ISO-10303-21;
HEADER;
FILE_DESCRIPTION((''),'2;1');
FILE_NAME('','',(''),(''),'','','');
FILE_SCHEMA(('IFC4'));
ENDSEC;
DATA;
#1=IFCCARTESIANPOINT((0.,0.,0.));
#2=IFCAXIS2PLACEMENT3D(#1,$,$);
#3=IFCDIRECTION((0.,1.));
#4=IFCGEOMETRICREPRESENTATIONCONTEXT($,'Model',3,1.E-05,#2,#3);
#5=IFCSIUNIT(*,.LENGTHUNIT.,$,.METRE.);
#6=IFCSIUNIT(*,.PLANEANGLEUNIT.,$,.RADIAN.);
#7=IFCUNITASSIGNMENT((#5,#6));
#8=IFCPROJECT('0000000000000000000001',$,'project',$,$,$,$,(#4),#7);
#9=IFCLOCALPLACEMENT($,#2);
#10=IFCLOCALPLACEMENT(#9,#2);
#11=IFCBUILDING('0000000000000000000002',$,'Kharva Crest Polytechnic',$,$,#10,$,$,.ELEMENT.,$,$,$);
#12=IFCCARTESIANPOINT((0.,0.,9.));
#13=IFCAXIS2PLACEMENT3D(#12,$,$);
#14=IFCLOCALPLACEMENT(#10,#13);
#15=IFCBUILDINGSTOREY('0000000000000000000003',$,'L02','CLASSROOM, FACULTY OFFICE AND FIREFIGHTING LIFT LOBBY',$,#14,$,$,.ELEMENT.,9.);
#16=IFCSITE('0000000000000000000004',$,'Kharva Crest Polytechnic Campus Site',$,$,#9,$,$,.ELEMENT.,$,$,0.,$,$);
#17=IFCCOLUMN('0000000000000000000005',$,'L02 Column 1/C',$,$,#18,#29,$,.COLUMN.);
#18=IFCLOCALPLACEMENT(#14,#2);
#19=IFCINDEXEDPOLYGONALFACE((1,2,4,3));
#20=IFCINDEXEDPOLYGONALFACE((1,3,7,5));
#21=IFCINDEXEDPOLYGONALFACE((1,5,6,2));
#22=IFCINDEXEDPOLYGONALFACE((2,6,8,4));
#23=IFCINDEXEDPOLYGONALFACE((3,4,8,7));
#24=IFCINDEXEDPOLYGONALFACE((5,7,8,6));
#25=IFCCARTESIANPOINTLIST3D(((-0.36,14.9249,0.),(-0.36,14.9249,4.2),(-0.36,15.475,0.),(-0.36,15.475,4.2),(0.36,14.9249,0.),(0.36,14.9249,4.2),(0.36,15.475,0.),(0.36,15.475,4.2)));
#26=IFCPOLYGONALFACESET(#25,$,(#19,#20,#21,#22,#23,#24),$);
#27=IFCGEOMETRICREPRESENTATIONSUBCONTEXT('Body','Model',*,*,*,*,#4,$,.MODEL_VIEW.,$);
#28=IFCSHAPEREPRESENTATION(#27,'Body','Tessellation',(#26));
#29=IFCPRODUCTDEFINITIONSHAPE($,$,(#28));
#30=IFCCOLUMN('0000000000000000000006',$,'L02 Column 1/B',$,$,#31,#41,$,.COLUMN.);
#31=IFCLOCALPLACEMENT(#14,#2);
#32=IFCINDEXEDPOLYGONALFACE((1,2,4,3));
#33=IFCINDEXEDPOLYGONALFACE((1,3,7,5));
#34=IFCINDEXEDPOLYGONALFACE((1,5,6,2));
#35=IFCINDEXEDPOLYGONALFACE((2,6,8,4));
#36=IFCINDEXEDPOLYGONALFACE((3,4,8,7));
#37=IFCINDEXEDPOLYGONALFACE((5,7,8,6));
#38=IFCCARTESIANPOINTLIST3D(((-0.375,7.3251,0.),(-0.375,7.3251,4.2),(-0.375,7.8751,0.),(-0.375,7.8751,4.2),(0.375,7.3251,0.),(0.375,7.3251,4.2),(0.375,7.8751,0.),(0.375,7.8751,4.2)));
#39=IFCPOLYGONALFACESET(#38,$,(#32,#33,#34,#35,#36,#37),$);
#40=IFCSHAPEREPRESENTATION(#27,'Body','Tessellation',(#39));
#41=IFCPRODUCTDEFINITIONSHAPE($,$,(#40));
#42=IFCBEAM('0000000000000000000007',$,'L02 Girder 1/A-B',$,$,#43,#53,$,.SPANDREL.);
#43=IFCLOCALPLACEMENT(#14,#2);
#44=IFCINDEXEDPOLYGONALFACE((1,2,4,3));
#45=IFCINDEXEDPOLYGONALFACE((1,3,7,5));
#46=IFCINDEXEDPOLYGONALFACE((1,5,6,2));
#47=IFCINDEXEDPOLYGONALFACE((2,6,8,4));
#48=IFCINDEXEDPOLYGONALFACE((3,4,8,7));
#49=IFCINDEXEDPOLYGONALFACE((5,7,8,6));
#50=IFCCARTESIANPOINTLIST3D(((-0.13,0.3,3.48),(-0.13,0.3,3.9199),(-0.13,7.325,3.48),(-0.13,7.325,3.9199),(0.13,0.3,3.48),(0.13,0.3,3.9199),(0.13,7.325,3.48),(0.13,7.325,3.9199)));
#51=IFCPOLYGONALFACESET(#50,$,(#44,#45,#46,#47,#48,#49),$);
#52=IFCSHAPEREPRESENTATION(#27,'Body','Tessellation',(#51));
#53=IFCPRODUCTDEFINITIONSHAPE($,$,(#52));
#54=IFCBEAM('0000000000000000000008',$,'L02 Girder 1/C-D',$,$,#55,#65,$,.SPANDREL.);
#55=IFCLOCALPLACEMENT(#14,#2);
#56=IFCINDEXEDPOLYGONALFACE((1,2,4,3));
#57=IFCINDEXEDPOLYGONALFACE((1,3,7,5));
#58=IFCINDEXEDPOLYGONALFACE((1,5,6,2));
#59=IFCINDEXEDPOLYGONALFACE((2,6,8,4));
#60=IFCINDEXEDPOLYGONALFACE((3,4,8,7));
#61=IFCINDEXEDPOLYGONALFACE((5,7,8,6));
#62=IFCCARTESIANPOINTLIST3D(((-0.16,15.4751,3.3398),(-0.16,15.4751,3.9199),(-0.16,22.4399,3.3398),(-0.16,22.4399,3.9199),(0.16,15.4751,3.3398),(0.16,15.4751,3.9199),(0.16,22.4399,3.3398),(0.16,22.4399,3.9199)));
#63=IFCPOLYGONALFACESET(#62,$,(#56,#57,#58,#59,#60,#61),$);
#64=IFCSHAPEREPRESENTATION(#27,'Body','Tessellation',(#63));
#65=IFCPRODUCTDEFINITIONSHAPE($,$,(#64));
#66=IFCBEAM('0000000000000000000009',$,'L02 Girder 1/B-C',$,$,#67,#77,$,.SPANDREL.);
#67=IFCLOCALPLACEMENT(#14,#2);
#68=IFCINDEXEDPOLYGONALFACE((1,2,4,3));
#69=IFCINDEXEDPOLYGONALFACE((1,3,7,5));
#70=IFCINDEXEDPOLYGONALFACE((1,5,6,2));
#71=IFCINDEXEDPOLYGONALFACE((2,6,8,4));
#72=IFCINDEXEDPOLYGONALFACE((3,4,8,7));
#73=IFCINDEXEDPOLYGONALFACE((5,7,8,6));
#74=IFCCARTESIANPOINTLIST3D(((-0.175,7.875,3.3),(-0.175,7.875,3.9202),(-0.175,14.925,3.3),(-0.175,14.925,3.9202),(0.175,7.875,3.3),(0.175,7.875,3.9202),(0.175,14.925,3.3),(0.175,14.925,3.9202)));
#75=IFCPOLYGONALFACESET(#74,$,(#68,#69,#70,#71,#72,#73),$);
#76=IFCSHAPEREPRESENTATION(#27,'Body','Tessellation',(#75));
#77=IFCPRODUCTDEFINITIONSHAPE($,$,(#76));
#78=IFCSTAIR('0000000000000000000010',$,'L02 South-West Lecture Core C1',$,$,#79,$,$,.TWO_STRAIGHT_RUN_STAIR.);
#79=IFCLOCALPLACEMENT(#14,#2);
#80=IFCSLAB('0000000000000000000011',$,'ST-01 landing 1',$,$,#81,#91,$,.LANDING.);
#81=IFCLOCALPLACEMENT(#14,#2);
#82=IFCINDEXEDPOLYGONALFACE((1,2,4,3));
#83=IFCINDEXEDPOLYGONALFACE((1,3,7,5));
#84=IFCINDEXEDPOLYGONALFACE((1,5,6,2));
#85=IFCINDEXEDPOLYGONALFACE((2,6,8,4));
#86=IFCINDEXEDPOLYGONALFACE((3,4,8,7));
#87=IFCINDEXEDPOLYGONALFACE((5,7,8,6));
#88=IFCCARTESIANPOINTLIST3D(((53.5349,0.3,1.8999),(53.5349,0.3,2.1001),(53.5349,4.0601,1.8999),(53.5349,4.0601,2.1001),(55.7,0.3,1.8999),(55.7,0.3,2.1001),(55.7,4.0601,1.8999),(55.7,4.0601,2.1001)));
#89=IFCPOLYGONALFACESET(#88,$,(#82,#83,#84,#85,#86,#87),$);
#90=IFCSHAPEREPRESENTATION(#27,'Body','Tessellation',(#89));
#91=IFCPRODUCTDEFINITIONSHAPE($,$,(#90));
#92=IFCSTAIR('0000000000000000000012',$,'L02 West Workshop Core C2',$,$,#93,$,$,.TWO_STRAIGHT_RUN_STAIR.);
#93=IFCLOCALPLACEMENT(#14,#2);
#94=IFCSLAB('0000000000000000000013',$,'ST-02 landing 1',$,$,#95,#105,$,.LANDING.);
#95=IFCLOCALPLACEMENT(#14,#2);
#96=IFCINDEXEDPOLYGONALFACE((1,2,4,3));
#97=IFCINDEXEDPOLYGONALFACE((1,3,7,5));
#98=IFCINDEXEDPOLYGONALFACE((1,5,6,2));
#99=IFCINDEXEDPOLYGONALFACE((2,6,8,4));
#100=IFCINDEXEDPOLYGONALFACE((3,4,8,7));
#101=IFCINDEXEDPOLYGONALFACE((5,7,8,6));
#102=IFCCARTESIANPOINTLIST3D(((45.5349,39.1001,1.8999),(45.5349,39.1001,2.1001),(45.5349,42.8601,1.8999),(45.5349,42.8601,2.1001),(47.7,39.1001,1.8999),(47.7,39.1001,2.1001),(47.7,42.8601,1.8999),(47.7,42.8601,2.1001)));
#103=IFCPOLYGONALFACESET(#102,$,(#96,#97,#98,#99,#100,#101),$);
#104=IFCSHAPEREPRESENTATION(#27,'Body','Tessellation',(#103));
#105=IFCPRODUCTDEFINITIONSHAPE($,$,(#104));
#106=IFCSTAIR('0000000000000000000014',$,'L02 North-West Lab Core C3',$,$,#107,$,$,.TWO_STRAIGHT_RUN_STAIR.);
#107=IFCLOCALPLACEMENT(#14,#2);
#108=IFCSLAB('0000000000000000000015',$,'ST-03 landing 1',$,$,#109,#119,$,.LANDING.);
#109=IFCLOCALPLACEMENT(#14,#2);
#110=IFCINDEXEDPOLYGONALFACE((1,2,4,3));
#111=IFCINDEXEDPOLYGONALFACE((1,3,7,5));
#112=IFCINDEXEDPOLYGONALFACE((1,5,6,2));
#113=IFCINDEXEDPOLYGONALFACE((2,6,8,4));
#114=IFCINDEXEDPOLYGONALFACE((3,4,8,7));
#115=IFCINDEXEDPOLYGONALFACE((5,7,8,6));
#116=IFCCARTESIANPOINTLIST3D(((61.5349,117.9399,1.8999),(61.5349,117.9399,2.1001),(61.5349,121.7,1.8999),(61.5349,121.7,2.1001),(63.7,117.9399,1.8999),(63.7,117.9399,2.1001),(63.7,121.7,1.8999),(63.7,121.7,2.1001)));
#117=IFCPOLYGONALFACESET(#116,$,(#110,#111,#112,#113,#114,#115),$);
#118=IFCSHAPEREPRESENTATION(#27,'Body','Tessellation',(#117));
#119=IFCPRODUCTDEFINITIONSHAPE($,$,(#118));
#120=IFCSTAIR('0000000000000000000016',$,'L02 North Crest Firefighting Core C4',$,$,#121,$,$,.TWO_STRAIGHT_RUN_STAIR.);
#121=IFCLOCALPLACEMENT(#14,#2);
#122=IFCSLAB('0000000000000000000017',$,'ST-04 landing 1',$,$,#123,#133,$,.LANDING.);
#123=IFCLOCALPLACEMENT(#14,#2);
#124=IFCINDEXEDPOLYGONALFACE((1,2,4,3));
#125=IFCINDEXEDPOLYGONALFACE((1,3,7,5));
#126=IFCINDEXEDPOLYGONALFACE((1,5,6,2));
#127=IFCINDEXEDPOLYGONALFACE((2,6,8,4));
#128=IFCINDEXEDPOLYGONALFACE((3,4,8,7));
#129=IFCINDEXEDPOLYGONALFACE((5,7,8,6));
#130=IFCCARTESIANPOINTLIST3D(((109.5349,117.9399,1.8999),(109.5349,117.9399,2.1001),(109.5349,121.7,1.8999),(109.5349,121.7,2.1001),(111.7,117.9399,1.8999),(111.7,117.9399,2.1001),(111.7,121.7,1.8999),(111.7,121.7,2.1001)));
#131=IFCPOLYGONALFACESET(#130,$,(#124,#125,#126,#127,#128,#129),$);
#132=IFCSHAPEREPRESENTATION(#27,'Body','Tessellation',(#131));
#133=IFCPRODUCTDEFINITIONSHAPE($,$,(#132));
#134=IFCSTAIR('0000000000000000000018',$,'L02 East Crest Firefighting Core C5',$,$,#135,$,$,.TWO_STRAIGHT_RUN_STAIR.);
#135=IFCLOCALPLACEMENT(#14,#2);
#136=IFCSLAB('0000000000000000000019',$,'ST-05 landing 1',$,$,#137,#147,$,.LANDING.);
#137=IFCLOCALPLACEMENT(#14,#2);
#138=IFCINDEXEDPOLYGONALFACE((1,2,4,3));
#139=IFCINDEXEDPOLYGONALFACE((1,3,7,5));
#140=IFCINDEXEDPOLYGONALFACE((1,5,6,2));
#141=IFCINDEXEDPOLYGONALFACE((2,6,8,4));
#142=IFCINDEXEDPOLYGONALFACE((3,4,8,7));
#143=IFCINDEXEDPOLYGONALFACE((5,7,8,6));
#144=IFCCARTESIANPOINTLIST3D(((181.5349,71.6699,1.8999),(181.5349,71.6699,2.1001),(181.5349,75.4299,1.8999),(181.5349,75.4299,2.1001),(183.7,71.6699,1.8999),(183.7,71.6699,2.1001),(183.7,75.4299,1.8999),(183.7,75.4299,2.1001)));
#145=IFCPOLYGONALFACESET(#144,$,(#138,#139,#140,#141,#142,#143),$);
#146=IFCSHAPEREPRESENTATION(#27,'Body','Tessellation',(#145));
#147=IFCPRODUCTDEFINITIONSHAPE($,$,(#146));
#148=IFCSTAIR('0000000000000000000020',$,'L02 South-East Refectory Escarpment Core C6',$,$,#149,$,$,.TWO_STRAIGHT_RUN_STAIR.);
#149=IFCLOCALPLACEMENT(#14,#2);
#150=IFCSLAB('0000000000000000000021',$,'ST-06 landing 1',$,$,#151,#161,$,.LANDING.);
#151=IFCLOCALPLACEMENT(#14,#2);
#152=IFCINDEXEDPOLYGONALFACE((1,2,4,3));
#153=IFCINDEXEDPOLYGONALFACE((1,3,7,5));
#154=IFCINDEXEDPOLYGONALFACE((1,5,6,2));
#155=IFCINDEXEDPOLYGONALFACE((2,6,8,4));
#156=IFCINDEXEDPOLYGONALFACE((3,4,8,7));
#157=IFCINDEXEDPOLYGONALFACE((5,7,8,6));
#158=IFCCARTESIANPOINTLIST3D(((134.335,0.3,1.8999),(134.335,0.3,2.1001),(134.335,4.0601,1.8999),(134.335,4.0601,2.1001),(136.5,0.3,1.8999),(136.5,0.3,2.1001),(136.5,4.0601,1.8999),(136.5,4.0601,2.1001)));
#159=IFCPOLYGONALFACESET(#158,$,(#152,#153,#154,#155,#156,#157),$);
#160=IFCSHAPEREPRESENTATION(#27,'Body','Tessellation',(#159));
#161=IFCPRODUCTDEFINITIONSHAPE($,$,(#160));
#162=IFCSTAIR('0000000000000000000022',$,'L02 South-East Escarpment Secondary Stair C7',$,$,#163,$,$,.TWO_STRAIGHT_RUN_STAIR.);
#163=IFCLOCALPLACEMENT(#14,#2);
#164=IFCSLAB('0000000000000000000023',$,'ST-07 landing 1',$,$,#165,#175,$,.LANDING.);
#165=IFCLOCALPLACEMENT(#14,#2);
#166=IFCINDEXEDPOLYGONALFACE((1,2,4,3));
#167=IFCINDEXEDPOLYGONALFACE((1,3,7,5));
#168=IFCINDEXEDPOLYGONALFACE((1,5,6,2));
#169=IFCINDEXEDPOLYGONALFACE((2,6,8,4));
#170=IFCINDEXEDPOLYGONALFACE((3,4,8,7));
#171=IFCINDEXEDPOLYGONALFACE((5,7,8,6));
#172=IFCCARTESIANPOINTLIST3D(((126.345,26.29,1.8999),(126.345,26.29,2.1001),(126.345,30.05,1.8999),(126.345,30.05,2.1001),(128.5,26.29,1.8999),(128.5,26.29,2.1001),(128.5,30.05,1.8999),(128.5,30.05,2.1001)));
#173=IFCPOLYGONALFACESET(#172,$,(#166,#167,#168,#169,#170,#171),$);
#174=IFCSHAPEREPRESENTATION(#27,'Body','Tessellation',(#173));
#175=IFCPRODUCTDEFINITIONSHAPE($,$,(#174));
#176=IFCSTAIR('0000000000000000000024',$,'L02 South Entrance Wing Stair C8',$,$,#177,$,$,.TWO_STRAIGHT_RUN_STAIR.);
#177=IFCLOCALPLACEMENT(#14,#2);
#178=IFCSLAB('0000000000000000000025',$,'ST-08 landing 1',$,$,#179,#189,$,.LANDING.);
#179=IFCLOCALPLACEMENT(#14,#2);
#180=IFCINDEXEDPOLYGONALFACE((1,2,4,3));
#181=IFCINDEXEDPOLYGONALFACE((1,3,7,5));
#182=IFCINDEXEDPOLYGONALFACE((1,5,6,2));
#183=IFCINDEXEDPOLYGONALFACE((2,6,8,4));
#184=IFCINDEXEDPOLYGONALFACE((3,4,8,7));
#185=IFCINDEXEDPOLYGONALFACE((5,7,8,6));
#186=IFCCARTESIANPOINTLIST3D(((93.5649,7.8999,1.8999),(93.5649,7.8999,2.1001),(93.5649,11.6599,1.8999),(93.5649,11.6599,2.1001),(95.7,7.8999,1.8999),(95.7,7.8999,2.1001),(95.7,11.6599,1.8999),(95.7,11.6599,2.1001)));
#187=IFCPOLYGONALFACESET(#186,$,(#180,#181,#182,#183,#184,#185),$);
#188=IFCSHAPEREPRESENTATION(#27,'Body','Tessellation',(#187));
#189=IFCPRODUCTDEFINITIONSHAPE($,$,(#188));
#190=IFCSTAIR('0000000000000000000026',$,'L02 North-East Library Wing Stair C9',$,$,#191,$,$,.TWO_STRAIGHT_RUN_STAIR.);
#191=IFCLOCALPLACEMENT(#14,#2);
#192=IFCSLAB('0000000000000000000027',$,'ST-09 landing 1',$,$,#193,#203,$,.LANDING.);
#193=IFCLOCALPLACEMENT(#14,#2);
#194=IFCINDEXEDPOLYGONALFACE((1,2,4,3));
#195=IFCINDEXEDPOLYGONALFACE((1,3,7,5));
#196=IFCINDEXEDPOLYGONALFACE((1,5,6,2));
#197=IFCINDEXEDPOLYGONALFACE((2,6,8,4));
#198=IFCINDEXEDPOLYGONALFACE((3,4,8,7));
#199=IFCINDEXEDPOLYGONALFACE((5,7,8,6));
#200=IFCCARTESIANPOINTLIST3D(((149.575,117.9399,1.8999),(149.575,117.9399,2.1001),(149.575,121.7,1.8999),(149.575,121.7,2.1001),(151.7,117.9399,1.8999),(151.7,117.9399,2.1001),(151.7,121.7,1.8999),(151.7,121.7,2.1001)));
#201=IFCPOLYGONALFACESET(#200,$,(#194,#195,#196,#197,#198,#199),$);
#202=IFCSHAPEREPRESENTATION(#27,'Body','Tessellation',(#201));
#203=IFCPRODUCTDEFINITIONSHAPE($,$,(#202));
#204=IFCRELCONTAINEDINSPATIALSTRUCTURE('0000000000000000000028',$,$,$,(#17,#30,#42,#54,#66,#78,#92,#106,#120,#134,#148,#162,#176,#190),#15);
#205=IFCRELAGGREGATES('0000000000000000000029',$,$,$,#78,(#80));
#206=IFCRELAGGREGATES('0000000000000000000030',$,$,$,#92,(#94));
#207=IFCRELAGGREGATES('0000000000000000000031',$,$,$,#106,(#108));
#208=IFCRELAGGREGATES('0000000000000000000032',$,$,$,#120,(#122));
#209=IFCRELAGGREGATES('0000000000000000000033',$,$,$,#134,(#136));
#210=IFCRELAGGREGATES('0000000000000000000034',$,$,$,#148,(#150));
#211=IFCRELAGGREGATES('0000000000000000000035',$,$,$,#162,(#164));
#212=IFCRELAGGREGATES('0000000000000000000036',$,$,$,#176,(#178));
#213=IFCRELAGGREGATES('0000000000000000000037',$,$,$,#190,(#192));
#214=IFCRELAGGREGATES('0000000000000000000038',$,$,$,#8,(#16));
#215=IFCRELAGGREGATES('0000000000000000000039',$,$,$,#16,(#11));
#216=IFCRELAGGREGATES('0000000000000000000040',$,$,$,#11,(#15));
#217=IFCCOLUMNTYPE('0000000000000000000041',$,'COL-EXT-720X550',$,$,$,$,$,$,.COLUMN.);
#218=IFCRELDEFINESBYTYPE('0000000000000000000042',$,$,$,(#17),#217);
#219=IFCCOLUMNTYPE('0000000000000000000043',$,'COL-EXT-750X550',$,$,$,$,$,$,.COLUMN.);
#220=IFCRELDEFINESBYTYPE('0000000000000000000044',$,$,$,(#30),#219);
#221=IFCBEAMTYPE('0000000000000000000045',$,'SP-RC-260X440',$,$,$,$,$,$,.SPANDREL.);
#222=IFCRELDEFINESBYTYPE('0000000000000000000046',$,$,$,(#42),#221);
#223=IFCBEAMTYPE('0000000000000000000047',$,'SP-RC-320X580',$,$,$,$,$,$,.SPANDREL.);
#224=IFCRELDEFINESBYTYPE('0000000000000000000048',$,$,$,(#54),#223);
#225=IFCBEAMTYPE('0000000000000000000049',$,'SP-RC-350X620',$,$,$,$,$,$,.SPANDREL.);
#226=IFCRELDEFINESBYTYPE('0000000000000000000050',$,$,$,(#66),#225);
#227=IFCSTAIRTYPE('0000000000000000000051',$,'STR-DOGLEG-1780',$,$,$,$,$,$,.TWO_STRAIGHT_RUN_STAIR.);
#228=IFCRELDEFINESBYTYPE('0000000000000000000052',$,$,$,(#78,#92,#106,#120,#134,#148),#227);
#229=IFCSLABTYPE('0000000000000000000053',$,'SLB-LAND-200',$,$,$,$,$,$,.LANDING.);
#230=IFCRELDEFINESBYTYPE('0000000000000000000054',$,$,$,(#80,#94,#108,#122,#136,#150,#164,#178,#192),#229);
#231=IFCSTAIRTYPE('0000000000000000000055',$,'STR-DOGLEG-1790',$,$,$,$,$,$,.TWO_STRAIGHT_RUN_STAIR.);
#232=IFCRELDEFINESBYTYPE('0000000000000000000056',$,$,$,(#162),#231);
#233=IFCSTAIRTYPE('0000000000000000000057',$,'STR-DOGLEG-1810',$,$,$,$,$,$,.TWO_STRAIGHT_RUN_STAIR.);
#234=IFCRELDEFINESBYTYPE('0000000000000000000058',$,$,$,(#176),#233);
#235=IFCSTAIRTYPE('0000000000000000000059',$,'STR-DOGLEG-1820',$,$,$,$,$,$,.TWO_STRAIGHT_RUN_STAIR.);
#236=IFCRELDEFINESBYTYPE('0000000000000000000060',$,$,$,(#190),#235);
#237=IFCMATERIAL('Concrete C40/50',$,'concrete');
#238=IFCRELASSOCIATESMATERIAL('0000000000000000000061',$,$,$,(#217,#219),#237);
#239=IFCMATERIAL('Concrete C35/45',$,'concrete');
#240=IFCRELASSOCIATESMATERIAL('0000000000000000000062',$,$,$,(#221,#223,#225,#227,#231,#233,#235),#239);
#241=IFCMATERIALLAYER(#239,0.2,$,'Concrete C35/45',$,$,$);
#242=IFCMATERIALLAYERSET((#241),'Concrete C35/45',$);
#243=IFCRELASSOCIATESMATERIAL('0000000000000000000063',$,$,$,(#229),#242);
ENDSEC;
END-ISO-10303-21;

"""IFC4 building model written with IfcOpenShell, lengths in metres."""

from ifc_helpers import new_model, si_unit, direction, frame, origin, origin_2d, place, context, subcontext, project, spatial, polyline, rectangle, outline, extrude, material, layer, layer_set, material_profile, profile_set, type_object, element, aggregate, save


model = new_model("IFC4")

# Units and contexts
model_context = context("Model", 3, precision=1e-05, world=origin(), true_north=direction((0.0, 1.0)))
body_context = subcontext(model_context, "Body", "Model", "MODEL_VIEW")
ifc_project = project(units=[si_unit("LENGTHUNIT", "METRE"), si_unit("PLANEANGLEUNIT", "RADIAN")], contexts=[model_context])

# Site, building, storey
site_placement = place(None, origin())
site = spatial("IfcSite", under=ifc_project, at=site_placement, Name="Kharva Crest Polytechnic Campus Site", CompositionType="ELEMENT", RefElevation=0.0)
building_placement = place(site_placement, origin())
building = spatial("IfcBuilding", under=site, at=building_placement, Name="Kharva Crest Polytechnic", CompositionType="ELEMENT")
storey_placement = place(building_placement, frame((0.0, 0.0, 9.0)))
storey = spatial("IfcBuildingStorey", under=building, at=storey_placement, Name="L02", Description="CLASSROOM, FACULTY OFFICE AND FIREFIGHTING LIFT LOBBY", CompositionType="ELEMENT", Elevation=9.0)

# Columns
ifc_material_1 = material(Name="Concrete C40/50", Category="concrete")
ifc_material_profile_1 = material_profile(ifc_material_1, rectangle(XDim=0.72, YDim=0.55, at=origin_2d()), Name="RECT 720 X 550")
ifc_profile_set_1 = profile_set([ifc_material_profile_1], Name="Concrete C40/50")
column_type_1 = type_object("IfcColumnType", Name="COL-EXT-720X550", PredefinedType="COLUMN", material=ifc_profile_set_1)
column_1_placement = place(storey_placement, frame((0.0, 15.2, 0.0), z_axis=(0.0, 0.0, 1.0), x_axis=(1.0, 0.0, 0.0)))
element("IfcColumn", 1, at=column_1_placement, inside=storey, type_object=column_type_1, Name="L02 Column 1/C", PredefinedType="COLUMN", context=body_context, shape_type="SweptSolid", body=[
    extrude(rectangle(XDim=0.72, YDim=0.55, at=origin_2d()), origin(), (0.0, 0.0, 1.0), 4.2),
])
ifc_material_profile_2 = material_profile(ifc_material_1, rectangle(XDim=0.75, YDim=0.55, at=origin_2d()), Name="RECT 750 X 550")
ifc_profile_set_2 = profile_set([ifc_material_profile_2], Name="Concrete C40/50")
column_type_2 = type_object("IfcColumnType", Name="COL-EXT-750X550", PredefinedType="COLUMN", material=ifc_profile_set_2)
column_2_placement = place(storey_placement, frame((0.0, 7.6001, 0.0), z_axis=(0.0, 0.0, 1.0), x_axis=(1.0, 0.0, 0.0)))
element("IfcColumn", 2, at=column_2_placement, inside=storey, type_object=column_type_2, Name="L02 Column 1/B", PredefinedType="COLUMN", context=body_context, shape_type="SweptSolid", body=[
    extrude(rectangle(XDim=0.75, YDim=0.55, at=origin_2d()), origin(), (0.0, 0.0, 1.0), 4.2),
])

# Beams
ifc_material_2 = material(Name="Concrete C35/45", Category="concrete")
ifc_material_profile_3 = material_profile(ifc_material_2, rectangle(XDim=0.26, YDim=0.4399, at=origin_2d()), Name="RECT 260 X 440")
ifc_profile_set_3 = profile_set([ifc_material_profile_3], Name="Concrete C35/45")
beam_type_1 = type_object("IfcBeamType", Name="SP-RC-260X440", PredefinedType="SPANDREL", material=ifc_profile_set_3)
beam_1_placement = place(storey_placement, frame((0.0, 0.3, 3.7), z_axis=(0.0, 1.0, 0.0), x_axis=(-1.0, 0.0, 0.0)))
element("IfcBeam", 3, at=beam_1_placement, inside=storey, type_object=beam_type_1, Name="L02 Girder 1/A-B", PredefinedType="SPANDREL", context=body_context, shape_type="SweptSolid", body=[
    extrude(rectangle(XDim=0.26, YDim=0.4399, at=origin_2d()), origin(), (0.0, 0.0, 1.0), 7.0249),
])
ifc_material_profile_4 = material_profile(ifc_material_2, rectangle(XDim=0.3201, YDim=0.5801, at=origin_2d()), Name="RECT 320 X 580")
ifc_profile_set_4 = profile_set([ifc_material_profile_4], Name="Concrete C35/45")
beam_type_2 = type_object("IfcBeamType", Name="SP-RC-320X580", PredefinedType="SPANDREL", material=ifc_profile_set_4)
beam_2_placement = place(storey_placement, frame((0.0, 15.4751, 3.6299), z_axis=(0.0, 1.0, 0.0), x_axis=(-1.0, 0.0, 0.0)))
element("IfcBeam", 4, at=beam_2_placement, inside=storey, type_object=beam_type_2, Name="L02 Girder 1/C-D", PredefinedType="SPANDREL", context=body_context, shape_type="SweptSolid", body=[
    extrude(rectangle(XDim=0.3201, YDim=0.5801, at=origin_2d()), origin(), (0.0, 0.0, 1.0), 6.9648),
])
ifc_material_profile_5 = material_profile(ifc_material_2, rectangle(XDim=0.3501, YDim=0.6201, at=origin_2d()), Name="RECT 350 X 620")
ifc_profile_set_5 = profile_set([ifc_material_profile_5], Name="Concrete C35/45")
beam_type_3 = type_object("IfcBeamType", Name="SP-RC-350X620", PredefinedType="SPANDREL", material=ifc_profile_set_5)
beam_3_placement = place(storey_placement, frame((0.0, 7.875, 3.6101), z_axis=(0.0, 1.0, 0.0), x_axis=(-1.0, 0.0, 0.0)))
element("IfcBeam", 5, at=beam_3_placement, inside=storey, type_object=beam_type_3, Name="L02 Girder 1/B-C", PredefinedType="SPANDREL", context=body_context, shape_type="SweptSolid", body=[
    extrude(rectangle(XDim=0.3501, YDim=0.6201, at=origin_2d()), origin(), (0.0, 0.0, 1.0), 7.05),
])

# Stairs, slabs
stair_type_1 = type_object("IfcStairType", Name="STR-DOGLEG-1780", PredefinedType="TWO_STRAIGHT_RUN_STAIR", material=ifc_material_2)
stair_1_placement = place(storey_placement, origin())
stair_1 = element("IfcStair", 6, at=stair_1_placement, inside=storey, type_object=stair_type_1, Name="L02 South-West Lecture Core C1", PredefinedType="TWO_STRAIGHT_RUN_STAIR")
ifc_layer_1 = layer(ifc_material_2, 0.2, Name="Concrete C35/45")
ifc_layer_set_1 = layer_set([ifc_layer_1], Name="Concrete C35/45")
slab_type = type_object("IfcSlabType", Name="SLB-LAND-200", PredefinedType="LANDING", material=ifc_layer_set_1)
slab_1_placement = place(storey_placement, frame((0.0, 0.0, 1.8999)))
slab_1 = element("IfcSlab", 7, at=slab_1_placement, type_object=slab_type, Name="ST-01 landing 1", PredefinedType="LANDING", context=body_context, shape_type="SweptSolid", body=[
    extrude(outline(polyline([(53.5349, 0.3), (55.7, 0.3), (55.7, 4.0601), (53.5349, 4.0601), (53.5349, 0.3)])), origin(), (0.0, 0.0, 1.0), 0.2002),
])
aggregate(stair_1, [slab_1])
stair_2_placement = place(storey_placement, origin())
stair_2 = element("IfcStair", 8, at=stair_2_placement, inside=storey, type_object=stair_type_1, Name="L02 West Workshop Core C2", PredefinedType="TWO_STRAIGHT_RUN_STAIR")
slab_2_placement = place(storey_placement, frame((0.0, 0.0, 1.8999)))
slab_2 = element("IfcSlab", 9, at=slab_2_placement, type_object=slab_type, Name="ST-02 landing 1", PredefinedType="LANDING", context=body_context, shape_type="SweptSolid", body=[
    extrude(outline(polyline([(45.5349, 39.1001), (47.7, 39.1001), (47.7, 42.8601), (45.5349, 42.8601), (45.5349, 39.1001)])), origin(), (0.0, 0.0, 1.0), 0.2002),
])
aggregate(stair_2, [slab_2])
stair_3_placement = place(storey_placement, origin())
stair_3 = element("IfcStair", 10, at=stair_3_placement, inside=storey, type_object=stair_type_1, Name="L02 North-West Lab Core C3", PredefinedType="TWO_STRAIGHT_RUN_STAIR")
slab_3_placement = place(storey_placement, frame((0.0, 0.0, 1.8999)))
slab_3 = element("IfcSlab", 11, at=slab_3_placement, type_object=slab_type, Name="ST-03 landing 1", PredefinedType="LANDING", context=body_context, shape_type="SweptSolid", body=[
    extrude(outline(polyline([(61.5349, 117.9399), (63.7, 117.9399), (63.7, 121.7), (61.5349, 121.7), (61.5349, 117.9399)])), origin(), (0.0, 0.0, 1.0), 0.2002),
])
aggregate(stair_3, [slab_3])
stair_4_placement = place(storey_placement, origin())
stair_4 = element("IfcStair", 12, at=stair_4_placement, inside=storey, type_object=stair_type_1, Name="L02 North Crest Firefighting Core C4", PredefinedType="TWO_STRAIGHT_RUN_STAIR")
slab_4_placement = place(storey_placement, frame((0.0, 0.0, 1.8999)))
slab_4 = element("IfcSlab", 13, at=slab_4_placement, type_object=slab_type, Name="ST-04 landing 1", PredefinedType="LANDING", context=body_context, shape_type="SweptSolid", body=[
    extrude(outline(polyline([(109.5349, 117.9399), (111.7, 117.9399), (111.7, 121.7), (109.5349, 121.7), (109.5349, 117.9399)])), origin(), (0.0, 0.0, 1.0), 0.2002),
])
aggregate(stair_4, [slab_4])
stair_5_placement = place(storey_placement, origin())
stair_5 = element("IfcStair", 14, at=stair_5_placement, inside=storey, type_object=stair_type_1, Name="L02 East Crest Firefighting Core C5", PredefinedType="TWO_STRAIGHT_RUN_STAIR")
slab_5_placement = place(storey_placement, frame((0.0, 0.0, 1.8999)))
slab_5 = element("IfcSlab", 15, at=slab_5_placement, type_object=slab_type, Name="ST-05 landing 1", PredefinedType="LANDING", context=body_context, shape_type="SweptSolid", body=[
    extrude(outline(polyline([(181.5349, 71.6699), (183.7, 71.6699), (183.7, 75.4299), (181.5349, 75.4299), (181.5349, 71.6699)])), origin(), (0.0, 0.0, 1.0), 0.2002),
])
aggregate(stair_5, [slab_5])
stair_6_placement = place(storey_placement, origin())
stair_6 = element("IfcStair", 16, at=stair_6_placement, inside=storey, type_object=stair_type_1, Name="L02 South-East Refectory Escarpment Core C6", PredefinedType="TWO_STRAIGHT_RUN_STAIR")
slab_6_placement = place(storey_placement, frame((0.0, 0.0, 1.8999)))
slab_6 = element("IfcSlab", 17, at=slab_6_placement, type_object=slab_type, Name="ST-06 landing 1", PredefinedType="LANDING", context=body_context, shape_type="SweptSolid", body=[
    extrude(outline(polyline([(134.335, 0.3), (136.5, 0.3), (136.5, 4.0601), (134.335, 4.0601), (134.335, 0.3)])), origin(), (0.0, 0.0, 1.0), 0.2002),
])
aggregate(stair_6, [slab_6])
stair_type_2 = type_object("IfcStairType", Name="STR-DOGLEG-1790", PredefinedType="TWO_STRAIGHT_RUN_STAIR", material=ifc_material_2)
stair_7_placement = place(storey_placement, origin())
stair_7 = element("IfcStair", 18, at=stair_7_placement, inside=storey, type_object=stair_type_2, Name="L02 South-East Escarpment Secondary Stair C7", PredefinedType="TWO_STRAIGHT_RUN_STAIR")
slab_7_placement = place(storey_placement, frame((0.0, 0.0, 1.8999)))
slab_7 = element("IfcSlab", 19, at=slab_7_placement, type_object=slab_type, Name="ST-07 landing 1", PredefinedType="LANDING", context=body_context, shape_type="SweptSolid", body=[
    extrude(outline(polyline([(126.345, 26.29), (128.5, 26.29), (128.5, 30.05), (126.345, 30.05), (126.345, 26.29)])), origin(), (0.0, 0.0, 1.0), 0.2002),
])
aggregate(stair_7, [slab_7])
stair_type_3 = type_object("IfcStairType", Name="STR-DOGLEG-1810", PredefinedType="TWO_STRAIGHT_RUN_STAIR", material=ifc_material_2)
stair_8_placement = place(storey_placement, origin())
stair_8 = element("IfcStair", 20, at=stair_8_placement, inside=storey, type_object=stair_type_3, Name="L02 South Entrance Wing Stair C8", PredefinedType="TWO_STRAIGHT_RUN_STAIR")
slab_8_placement = place(storey_placement, frame((0.0, 0.0, 1.8999)))
slab_8 = element("IfcSlab", 21, at=slab_8_placement, type_object=slab_type, Name="ST-08 landing 1", PredefinedType="LANDING", context=body_context, shape_type="SweptSolid", body=[
    extrude(outline(polyline([(93.5649, 7.8999), (95.7, 7.8999), (95.7, 11.6599), (93.5649, 11.6599), (93.5649, 7.8999)])), origin(), (0.0, 0.0, 1.0), 0.2002),
])
aggregate(stair_8, [slab_8])
stair_type_4 = type_object("IfcStairType", Name="STR-DOGLEG-1820", PredefinedType="TWO_STRAIGHT_RUN_STAIR", material=ifc_material_2)
stair_9_placement = place(storey_placement, origin())
stair_9 = element("IfcStair", 22, at=stair_9_placement, inside=storey, type_object=stair_type_4, Name="L02 North-East Library Wing Stair C9", PredefinedType="TWO_STRAIGHT_RUN_STAIR")
slab_9_placement = place(storey_placement, frame((0.0, 0.0, 1.8999)))
slab_9 = element("IfcSlab", 23, at=slab_9_placement, type_object=slab_type, Name="ST-09 landing 1", PredefinedType="LANDING", context=body_context, shape_type="SweptSolid", body=[
    extrude(outline(polyline([(149.575, 117.9399), (151.7, 117.9399), (151.7, 121.7), (149.575, 121.7), (149.575, 117.9399)])), origin(), (0.0, 0.0, 1.0), 0.2002),
])
aggregate(stair_9, [slab_9])

save(model, "model.ifc")
